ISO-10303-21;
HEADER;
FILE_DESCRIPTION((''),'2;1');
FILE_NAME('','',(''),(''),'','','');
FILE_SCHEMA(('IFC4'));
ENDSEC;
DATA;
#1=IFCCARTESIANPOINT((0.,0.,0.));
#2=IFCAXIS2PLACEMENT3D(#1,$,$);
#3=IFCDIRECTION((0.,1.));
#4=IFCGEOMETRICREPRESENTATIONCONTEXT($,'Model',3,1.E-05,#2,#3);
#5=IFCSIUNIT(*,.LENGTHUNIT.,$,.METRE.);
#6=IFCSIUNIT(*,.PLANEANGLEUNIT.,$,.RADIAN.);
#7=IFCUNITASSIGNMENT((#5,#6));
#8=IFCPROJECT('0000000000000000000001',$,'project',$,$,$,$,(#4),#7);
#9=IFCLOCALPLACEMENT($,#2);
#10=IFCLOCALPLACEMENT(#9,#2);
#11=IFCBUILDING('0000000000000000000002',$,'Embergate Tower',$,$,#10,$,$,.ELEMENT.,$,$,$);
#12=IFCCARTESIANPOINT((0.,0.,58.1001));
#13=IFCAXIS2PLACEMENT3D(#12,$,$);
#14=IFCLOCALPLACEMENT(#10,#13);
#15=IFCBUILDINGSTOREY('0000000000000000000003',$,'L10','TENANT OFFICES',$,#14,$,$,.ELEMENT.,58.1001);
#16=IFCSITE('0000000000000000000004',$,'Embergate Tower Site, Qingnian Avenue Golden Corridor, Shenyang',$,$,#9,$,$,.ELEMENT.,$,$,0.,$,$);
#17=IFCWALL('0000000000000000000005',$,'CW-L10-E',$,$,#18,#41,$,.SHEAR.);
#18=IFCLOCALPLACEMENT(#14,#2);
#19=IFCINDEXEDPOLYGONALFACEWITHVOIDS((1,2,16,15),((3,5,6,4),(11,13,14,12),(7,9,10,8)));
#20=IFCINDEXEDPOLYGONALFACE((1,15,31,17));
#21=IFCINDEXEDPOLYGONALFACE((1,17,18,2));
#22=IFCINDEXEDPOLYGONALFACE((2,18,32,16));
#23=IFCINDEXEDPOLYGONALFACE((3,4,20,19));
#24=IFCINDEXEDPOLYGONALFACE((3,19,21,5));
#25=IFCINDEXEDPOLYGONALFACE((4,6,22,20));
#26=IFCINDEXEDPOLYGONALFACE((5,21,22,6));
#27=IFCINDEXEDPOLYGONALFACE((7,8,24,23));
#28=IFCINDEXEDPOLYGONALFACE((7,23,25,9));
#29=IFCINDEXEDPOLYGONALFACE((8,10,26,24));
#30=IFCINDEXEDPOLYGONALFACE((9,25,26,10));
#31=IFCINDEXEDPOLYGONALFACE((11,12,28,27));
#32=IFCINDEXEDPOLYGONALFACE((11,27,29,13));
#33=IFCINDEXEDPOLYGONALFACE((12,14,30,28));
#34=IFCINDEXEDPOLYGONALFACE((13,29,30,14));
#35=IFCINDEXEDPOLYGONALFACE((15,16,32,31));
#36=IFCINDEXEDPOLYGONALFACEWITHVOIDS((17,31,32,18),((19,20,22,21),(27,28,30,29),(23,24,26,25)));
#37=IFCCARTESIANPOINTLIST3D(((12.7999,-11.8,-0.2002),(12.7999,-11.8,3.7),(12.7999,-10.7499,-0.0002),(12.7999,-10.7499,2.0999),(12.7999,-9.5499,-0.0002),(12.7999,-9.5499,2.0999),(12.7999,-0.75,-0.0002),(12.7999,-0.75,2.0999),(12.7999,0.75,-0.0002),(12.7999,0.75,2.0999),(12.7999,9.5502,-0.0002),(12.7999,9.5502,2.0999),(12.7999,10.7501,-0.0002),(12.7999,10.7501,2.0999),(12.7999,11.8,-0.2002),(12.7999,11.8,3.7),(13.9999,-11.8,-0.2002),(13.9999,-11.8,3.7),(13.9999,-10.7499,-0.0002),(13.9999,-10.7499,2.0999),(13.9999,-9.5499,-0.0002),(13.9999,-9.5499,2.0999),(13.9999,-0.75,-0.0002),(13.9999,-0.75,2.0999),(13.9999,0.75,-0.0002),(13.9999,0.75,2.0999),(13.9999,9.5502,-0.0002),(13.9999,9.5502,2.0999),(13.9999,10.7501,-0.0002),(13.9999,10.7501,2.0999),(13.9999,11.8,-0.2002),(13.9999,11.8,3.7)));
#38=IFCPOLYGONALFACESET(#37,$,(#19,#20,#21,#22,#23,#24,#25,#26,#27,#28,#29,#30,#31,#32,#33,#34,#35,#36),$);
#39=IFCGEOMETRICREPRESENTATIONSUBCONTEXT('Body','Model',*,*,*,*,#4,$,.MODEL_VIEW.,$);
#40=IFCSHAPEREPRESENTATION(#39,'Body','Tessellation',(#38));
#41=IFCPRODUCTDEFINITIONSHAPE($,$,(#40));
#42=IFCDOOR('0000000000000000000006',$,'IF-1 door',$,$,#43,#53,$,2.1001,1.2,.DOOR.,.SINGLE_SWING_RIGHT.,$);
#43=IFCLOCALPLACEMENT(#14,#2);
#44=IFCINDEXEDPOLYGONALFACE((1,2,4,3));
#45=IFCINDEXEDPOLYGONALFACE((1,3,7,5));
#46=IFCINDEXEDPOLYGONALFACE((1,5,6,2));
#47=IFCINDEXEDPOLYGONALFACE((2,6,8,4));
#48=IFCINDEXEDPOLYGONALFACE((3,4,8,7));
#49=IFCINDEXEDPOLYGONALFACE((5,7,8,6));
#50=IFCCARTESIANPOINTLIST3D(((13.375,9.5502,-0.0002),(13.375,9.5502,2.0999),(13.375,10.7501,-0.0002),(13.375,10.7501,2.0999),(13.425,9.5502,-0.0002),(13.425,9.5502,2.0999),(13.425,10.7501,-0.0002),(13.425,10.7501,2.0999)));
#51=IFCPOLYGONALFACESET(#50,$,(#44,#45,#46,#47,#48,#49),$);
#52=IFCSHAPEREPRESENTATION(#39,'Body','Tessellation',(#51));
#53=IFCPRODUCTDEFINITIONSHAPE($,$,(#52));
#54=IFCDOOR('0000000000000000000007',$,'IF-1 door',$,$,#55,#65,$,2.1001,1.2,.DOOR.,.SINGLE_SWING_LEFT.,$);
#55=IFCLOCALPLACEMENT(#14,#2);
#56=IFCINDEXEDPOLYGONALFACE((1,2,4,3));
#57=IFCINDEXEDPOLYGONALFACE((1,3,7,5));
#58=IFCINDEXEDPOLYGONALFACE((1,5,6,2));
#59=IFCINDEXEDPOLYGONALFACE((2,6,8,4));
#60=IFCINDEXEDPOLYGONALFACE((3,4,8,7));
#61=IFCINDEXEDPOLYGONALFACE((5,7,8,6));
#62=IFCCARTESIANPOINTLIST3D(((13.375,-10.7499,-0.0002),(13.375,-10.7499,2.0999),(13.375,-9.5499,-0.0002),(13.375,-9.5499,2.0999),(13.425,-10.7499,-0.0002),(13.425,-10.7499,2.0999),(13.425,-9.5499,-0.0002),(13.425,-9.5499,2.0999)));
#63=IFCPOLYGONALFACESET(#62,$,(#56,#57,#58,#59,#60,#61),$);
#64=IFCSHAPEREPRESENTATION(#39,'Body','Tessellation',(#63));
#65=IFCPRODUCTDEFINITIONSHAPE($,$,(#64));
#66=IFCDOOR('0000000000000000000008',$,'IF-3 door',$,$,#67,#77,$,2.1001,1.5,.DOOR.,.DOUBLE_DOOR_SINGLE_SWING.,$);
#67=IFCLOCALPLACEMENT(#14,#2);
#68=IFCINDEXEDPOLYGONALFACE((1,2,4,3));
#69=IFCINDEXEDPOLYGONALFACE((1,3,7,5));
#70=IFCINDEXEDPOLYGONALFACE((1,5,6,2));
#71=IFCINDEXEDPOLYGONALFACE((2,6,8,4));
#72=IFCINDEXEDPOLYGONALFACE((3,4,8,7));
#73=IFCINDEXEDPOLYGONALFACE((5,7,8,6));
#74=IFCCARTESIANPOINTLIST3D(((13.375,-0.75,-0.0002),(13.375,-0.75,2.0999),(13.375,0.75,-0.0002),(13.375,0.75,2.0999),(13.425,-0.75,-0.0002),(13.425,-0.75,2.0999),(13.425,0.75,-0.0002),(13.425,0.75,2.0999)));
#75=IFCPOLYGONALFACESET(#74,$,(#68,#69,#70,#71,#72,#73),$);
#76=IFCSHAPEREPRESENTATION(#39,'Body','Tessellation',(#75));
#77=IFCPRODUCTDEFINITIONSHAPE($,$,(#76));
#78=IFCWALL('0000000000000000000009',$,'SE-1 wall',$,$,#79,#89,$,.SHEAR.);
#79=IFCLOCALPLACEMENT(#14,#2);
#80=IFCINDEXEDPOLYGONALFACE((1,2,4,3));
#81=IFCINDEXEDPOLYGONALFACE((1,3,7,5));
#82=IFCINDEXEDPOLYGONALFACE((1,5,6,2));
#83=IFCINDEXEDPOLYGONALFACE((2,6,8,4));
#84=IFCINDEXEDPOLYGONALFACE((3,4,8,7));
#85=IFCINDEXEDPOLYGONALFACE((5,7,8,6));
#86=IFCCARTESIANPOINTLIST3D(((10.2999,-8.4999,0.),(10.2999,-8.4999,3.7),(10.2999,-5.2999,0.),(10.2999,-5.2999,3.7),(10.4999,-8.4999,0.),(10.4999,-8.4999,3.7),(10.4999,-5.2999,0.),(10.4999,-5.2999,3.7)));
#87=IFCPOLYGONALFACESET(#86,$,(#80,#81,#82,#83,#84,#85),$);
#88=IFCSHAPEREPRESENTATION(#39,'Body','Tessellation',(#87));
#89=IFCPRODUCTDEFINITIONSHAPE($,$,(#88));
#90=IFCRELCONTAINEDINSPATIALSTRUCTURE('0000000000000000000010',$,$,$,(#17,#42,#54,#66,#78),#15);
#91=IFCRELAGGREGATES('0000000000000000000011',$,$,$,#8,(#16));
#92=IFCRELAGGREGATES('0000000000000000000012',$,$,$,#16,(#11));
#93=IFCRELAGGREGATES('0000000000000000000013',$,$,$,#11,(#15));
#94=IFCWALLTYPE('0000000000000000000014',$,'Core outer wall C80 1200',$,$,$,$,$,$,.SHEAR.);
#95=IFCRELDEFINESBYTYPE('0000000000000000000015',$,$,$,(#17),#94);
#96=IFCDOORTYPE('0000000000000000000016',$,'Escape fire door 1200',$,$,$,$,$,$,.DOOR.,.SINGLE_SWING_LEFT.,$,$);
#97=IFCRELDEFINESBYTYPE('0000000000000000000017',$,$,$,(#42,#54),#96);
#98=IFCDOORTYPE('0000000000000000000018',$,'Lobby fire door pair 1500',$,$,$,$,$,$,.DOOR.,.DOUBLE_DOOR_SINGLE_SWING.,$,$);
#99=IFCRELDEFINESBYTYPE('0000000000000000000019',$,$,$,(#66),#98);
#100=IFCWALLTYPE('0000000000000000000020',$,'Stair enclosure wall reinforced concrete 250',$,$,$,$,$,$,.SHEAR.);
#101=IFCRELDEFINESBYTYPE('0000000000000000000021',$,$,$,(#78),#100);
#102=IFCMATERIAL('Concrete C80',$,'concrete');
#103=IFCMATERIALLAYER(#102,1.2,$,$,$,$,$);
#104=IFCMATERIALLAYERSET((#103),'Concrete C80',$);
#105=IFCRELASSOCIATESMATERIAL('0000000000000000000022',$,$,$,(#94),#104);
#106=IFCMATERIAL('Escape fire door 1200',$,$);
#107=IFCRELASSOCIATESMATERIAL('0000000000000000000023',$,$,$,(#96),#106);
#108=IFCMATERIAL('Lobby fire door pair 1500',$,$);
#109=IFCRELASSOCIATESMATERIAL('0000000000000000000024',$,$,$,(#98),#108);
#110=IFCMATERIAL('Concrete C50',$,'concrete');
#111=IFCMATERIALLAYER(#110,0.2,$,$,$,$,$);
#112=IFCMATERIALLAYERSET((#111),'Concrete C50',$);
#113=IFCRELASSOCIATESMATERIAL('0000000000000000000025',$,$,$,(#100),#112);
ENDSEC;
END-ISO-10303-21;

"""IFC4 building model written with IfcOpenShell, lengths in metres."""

from ifc_helpers import new_model, si_unit, direction, frame, frame_2d, origin, place, context, subcontext, project, spatial, rectangle, extrude, source, transform, mapped, material, layer, layer_set, type_object, element, fill, save


model = new_model("IFC4")

# Units and contexts
model_context = context("Model", 3, precision=1e-05, world=origin(), true_north=direction((0.0, 1.0)))
body_context = subcontext(model_context, "Body", "Model", "MODEL_VIEW")
ifc_project = project(units=[si_unit("LENGTHUNIT", "METRE"), si_unit("PLANEANGLEUNIT", "RADIAN")], contexts=[model_context])

# Site, building, storey
site_placement = place(None, origin())
site = spatial("IfcSite", under=ifc_project, at=site_placement, Name="Embergate Tower Site, Qingnian Avenue Golden Corridor, Shenyang", CompositionType="ELEMENT", RefElevation=0.0)
building_placement = place(site_placement, origin())
building = spatial("IfcBuilding", under=site, at=building_placement, Name="Embergate Tower", CompositionType="ELEMENT")
storey_placement = place(building_placement, frame((0.0, 0.0, 58.1001)))
storey = spatial("IfcBuildingStorey", under=building, at=storey_placement, Name="L10", Description="TENANT OFFICES", CompositionType="ELEMENT", Elevation=58.1001)

# Wall, openings, doors
ifc_material_1 = material(Name="Concrete C80", Category="concrete")
ifc_layer_1 = layer(ifc_material_1, 1.2)
ifc_layer_set_1 = layer_set([ifc_layer_1], Name="Concrete C80")
wall_type_1 = type_object("IfcWallType", Name="Core outer wall C80 1200", PredefinedType="SHEAR", material=ifc_layer_set_1)
shared_shape_1 = source(origin(), body_context, "Body", "SweptSolid", [
    extrude(rectangle(XDim=23.6001, YDim=1.2, at=frame_2d((11.8, 0.0))), origin(), (0.0, 0.0, 1.0), 3.9001),
])
wall_1_placement = place(storey_placement, frame((13.3999, -11.8, -0.2002), z_axis=(0.0, 0.0, 1.0), x_axis=(0.0, 1.0, 0.0)))
wall_1 = element("IfcWall", 1, at=wall_1_placement, inside=storey, type_object=wall_type_1, Name="CW-L10-E", PredefinedType="SHEAR", context=body_context, shape_type="MappedRepresentation", body=[
    mapped(shared_shape_1, transform((0.0, 0.0, 0.0))),
])
shared_shape_2 = source(origin(), body_context, "Body", "SweptSolid", [
    extrude(rectangle(XDim=1.2, YDim=2.1001, at=frame_2d((0.6001, 1.05))), frame((0.0, 0.6099, 0.0), z_axis=(0.0, -1.0, 0.0), x_axis=(1.0, 0.0, 0.0)), (0.0, 0.0, 1.0), 1.22),
])
opening_1_placement = place(wall_1_placement, frame((21.3501, 0.0, 0.2)))
opening_1 = element("IfcOpeningElement", 2, at=opening_1_placement, cuts=wall_1, PredefinedType="OPENING", context=body_context, shape_type="MappedRepresentation", body=[
    mapped(shared_shape_2, transform((0.0, 0.0, 0.0))),
])
opening_2_placement = place(wall_1_placement, frame((1.05, 0.0, 0.2)))
opening_2 = element("IfcOpeningElement", 3, at=opening_2_placement, cuts=wall_1, PredefinedType="OPENING", context=body_context, shape_type="MappedRepresentation", body=[
    mapped(shared_shape_2, transform((0.0, 0.0, 0.0))),
])
shared_shape_3 = source(origin(), body_context, "Body", "SweptSolid", [
    extrude(rectangle(XDim=1.5, YDim=2.1001, at=frame_2d((0.75, 1.05))), frame((0.0, 0.6099, 0.0), z_axis=(0.0, -1.0, 0.0), x_axis=(1.0, 0.0, 0.0)), (0.0, 0.0, 1.0), 1.22),
])
opening_3_placement = place(wall_1_placement, frame((11.05, 0.0, 0.2)))
opening_3 = element("IfcOpeningElement", 4, at=opening_3_placement, cuts=wall_1, PredefinedType="OPENING", context=body_context, shape_type="MappedRepresentation", body=[
    mapped(shared_shape_3, transform((0.0, 0.0, 0.0))),
])
ifc_material_2 = material(Name="Escape fire door 1200")
door_type_1 = type_object("IfcDoorType", Name="Escape fire door 1200", OperationType="SINGLE_SWING_LEFT", PredefinedType="DOOR", material=ifc_material_2)
shared_shape_4 = source(origin(), body_context, "Body", "SweptSolid", [
    extrude(rectangle(XDim=1.2, YDim=2.1001, at=frame_2d((0.6001, 1.05))), frame((0.0, 0.0249, 0.0), z_axis=(0.0, -1.0, 0.0), x_axis=(1.0, 0.0, 0.0)), (0.0, 0.0, 1.0), 0.05),
])
door_1_placement = place(opening_1_placement, origin())
door_1 = element("IfcDoor", 5, at=door_1_placement, inside=storey, type_object=door_type_1, Name="IF-1 door", OperationType="SINGLE_SWING_RIGHT", OverallHeight=2.1001, OverallWidth=1.2, PredefinedType="DOOR", context=body_context, shape_type="MappedRepresentation", body=[
    mapped(shared_shape_4, transform((0.0, 0.0, 0.0))),
])
fill(opening_1, door_1)
door_2_placement = place(opening_2_placement, origin())
door_2 = element("IfcDoor", 6, at=door_2_placement, inside=storey, type_object=door_type_1, Name="IF-1 door", OperationType="SINGLE_SWING_LEFT", OverallHeight=2.1001, OverallWidth=1.2, PredefinedType="DOOR", context=body_context, shape_type="MappedRepresentation", body=[
    mapped(shared_shape_4, transform((0.0, 0.0, 0.0))),
])
fill(opening_2, door_2)
ifc_material_3 = material(Name="Lobby fire door pair 1500")
door_type_2 = type_object("IfcDoorType", Name="Lobby fire door pair 1500", OperationType="DOUBLE_DOOR_SINGLE_SWING", PredefinedType="DOOR", material=ifc_material_3)
shared_shape_5 = source(origin(), body_context, "Body", "SweptSolid", [
    extrude(rectangle(XDim=1.5, YDim=2.1001, at=frame_2d((0.75, 1.05))), frame((0.0, 0.0249, 0.0), z_axis=(0.0, -1.0, 0.0), x_axis=(1.0, 0.0, 0.0)), (0.0, 0.0, 1.0), 0.05),
])
door_3_placement = place(opening_3_placement, origin())
door_3 = element("IfcDoor", 7, at=door_3_placement, inside=storey, type_object=door_type_2, Name="IF-3 door", OperationType="DOUBLE_DOOR_SINGLE_SWING", OverallHeight=2.1001, OverallWidth=1.5, PredefinedType="DOOR", context=body_context, shape_type="MappedRepresentation", body=[
    mapped(shared_shape_5, transform((0.0, 0.0, 0.0))),
])
fill(opening_3, door_3)

# Wall
ifc_material_4 = material(Name="Concrete C50", Category="concrete")
ifc_layer_2 = layer(ifc_material_4, 0.2)
ifc_layer_set_2 = layer_set([ifc_layer_2], Name="Concrete C50")
wall_type_2 = type_object("IfcWallType", Name="Stair enclosure wall reinforced concrete 250", PredefinedType="SHEAR", material=ifc_layer_set_2)
shared_shape_6 = source(origin(), body_context, "Body", "SweptSolid", [
    extrude(rectangle(XDim=3.2, YDim=0.2, at=frame_2d((1.6001, 0.0))), origin(), (0.0, 0.0, 1.0), 3.7),
])
wall_2_placement = place(storey_placement, frame((10.3999, -8.5, 0.0), z_axis=(0.0, 0.0, 1.0), x_axis=(0.0, 1.0, 0.0)))
element("IfcWall", 8, at=wall_2_placement, inside=storey, type_object=wall_type_2, Name="SE-1 wall", PredefinedType="SHEAR", context=body_context, shape_type="MappedRepresentation", body=[
    mapped(shared_shape_6, transform((0.0, 0.0, 0.0))),
])

save(model, "model.ifc")
